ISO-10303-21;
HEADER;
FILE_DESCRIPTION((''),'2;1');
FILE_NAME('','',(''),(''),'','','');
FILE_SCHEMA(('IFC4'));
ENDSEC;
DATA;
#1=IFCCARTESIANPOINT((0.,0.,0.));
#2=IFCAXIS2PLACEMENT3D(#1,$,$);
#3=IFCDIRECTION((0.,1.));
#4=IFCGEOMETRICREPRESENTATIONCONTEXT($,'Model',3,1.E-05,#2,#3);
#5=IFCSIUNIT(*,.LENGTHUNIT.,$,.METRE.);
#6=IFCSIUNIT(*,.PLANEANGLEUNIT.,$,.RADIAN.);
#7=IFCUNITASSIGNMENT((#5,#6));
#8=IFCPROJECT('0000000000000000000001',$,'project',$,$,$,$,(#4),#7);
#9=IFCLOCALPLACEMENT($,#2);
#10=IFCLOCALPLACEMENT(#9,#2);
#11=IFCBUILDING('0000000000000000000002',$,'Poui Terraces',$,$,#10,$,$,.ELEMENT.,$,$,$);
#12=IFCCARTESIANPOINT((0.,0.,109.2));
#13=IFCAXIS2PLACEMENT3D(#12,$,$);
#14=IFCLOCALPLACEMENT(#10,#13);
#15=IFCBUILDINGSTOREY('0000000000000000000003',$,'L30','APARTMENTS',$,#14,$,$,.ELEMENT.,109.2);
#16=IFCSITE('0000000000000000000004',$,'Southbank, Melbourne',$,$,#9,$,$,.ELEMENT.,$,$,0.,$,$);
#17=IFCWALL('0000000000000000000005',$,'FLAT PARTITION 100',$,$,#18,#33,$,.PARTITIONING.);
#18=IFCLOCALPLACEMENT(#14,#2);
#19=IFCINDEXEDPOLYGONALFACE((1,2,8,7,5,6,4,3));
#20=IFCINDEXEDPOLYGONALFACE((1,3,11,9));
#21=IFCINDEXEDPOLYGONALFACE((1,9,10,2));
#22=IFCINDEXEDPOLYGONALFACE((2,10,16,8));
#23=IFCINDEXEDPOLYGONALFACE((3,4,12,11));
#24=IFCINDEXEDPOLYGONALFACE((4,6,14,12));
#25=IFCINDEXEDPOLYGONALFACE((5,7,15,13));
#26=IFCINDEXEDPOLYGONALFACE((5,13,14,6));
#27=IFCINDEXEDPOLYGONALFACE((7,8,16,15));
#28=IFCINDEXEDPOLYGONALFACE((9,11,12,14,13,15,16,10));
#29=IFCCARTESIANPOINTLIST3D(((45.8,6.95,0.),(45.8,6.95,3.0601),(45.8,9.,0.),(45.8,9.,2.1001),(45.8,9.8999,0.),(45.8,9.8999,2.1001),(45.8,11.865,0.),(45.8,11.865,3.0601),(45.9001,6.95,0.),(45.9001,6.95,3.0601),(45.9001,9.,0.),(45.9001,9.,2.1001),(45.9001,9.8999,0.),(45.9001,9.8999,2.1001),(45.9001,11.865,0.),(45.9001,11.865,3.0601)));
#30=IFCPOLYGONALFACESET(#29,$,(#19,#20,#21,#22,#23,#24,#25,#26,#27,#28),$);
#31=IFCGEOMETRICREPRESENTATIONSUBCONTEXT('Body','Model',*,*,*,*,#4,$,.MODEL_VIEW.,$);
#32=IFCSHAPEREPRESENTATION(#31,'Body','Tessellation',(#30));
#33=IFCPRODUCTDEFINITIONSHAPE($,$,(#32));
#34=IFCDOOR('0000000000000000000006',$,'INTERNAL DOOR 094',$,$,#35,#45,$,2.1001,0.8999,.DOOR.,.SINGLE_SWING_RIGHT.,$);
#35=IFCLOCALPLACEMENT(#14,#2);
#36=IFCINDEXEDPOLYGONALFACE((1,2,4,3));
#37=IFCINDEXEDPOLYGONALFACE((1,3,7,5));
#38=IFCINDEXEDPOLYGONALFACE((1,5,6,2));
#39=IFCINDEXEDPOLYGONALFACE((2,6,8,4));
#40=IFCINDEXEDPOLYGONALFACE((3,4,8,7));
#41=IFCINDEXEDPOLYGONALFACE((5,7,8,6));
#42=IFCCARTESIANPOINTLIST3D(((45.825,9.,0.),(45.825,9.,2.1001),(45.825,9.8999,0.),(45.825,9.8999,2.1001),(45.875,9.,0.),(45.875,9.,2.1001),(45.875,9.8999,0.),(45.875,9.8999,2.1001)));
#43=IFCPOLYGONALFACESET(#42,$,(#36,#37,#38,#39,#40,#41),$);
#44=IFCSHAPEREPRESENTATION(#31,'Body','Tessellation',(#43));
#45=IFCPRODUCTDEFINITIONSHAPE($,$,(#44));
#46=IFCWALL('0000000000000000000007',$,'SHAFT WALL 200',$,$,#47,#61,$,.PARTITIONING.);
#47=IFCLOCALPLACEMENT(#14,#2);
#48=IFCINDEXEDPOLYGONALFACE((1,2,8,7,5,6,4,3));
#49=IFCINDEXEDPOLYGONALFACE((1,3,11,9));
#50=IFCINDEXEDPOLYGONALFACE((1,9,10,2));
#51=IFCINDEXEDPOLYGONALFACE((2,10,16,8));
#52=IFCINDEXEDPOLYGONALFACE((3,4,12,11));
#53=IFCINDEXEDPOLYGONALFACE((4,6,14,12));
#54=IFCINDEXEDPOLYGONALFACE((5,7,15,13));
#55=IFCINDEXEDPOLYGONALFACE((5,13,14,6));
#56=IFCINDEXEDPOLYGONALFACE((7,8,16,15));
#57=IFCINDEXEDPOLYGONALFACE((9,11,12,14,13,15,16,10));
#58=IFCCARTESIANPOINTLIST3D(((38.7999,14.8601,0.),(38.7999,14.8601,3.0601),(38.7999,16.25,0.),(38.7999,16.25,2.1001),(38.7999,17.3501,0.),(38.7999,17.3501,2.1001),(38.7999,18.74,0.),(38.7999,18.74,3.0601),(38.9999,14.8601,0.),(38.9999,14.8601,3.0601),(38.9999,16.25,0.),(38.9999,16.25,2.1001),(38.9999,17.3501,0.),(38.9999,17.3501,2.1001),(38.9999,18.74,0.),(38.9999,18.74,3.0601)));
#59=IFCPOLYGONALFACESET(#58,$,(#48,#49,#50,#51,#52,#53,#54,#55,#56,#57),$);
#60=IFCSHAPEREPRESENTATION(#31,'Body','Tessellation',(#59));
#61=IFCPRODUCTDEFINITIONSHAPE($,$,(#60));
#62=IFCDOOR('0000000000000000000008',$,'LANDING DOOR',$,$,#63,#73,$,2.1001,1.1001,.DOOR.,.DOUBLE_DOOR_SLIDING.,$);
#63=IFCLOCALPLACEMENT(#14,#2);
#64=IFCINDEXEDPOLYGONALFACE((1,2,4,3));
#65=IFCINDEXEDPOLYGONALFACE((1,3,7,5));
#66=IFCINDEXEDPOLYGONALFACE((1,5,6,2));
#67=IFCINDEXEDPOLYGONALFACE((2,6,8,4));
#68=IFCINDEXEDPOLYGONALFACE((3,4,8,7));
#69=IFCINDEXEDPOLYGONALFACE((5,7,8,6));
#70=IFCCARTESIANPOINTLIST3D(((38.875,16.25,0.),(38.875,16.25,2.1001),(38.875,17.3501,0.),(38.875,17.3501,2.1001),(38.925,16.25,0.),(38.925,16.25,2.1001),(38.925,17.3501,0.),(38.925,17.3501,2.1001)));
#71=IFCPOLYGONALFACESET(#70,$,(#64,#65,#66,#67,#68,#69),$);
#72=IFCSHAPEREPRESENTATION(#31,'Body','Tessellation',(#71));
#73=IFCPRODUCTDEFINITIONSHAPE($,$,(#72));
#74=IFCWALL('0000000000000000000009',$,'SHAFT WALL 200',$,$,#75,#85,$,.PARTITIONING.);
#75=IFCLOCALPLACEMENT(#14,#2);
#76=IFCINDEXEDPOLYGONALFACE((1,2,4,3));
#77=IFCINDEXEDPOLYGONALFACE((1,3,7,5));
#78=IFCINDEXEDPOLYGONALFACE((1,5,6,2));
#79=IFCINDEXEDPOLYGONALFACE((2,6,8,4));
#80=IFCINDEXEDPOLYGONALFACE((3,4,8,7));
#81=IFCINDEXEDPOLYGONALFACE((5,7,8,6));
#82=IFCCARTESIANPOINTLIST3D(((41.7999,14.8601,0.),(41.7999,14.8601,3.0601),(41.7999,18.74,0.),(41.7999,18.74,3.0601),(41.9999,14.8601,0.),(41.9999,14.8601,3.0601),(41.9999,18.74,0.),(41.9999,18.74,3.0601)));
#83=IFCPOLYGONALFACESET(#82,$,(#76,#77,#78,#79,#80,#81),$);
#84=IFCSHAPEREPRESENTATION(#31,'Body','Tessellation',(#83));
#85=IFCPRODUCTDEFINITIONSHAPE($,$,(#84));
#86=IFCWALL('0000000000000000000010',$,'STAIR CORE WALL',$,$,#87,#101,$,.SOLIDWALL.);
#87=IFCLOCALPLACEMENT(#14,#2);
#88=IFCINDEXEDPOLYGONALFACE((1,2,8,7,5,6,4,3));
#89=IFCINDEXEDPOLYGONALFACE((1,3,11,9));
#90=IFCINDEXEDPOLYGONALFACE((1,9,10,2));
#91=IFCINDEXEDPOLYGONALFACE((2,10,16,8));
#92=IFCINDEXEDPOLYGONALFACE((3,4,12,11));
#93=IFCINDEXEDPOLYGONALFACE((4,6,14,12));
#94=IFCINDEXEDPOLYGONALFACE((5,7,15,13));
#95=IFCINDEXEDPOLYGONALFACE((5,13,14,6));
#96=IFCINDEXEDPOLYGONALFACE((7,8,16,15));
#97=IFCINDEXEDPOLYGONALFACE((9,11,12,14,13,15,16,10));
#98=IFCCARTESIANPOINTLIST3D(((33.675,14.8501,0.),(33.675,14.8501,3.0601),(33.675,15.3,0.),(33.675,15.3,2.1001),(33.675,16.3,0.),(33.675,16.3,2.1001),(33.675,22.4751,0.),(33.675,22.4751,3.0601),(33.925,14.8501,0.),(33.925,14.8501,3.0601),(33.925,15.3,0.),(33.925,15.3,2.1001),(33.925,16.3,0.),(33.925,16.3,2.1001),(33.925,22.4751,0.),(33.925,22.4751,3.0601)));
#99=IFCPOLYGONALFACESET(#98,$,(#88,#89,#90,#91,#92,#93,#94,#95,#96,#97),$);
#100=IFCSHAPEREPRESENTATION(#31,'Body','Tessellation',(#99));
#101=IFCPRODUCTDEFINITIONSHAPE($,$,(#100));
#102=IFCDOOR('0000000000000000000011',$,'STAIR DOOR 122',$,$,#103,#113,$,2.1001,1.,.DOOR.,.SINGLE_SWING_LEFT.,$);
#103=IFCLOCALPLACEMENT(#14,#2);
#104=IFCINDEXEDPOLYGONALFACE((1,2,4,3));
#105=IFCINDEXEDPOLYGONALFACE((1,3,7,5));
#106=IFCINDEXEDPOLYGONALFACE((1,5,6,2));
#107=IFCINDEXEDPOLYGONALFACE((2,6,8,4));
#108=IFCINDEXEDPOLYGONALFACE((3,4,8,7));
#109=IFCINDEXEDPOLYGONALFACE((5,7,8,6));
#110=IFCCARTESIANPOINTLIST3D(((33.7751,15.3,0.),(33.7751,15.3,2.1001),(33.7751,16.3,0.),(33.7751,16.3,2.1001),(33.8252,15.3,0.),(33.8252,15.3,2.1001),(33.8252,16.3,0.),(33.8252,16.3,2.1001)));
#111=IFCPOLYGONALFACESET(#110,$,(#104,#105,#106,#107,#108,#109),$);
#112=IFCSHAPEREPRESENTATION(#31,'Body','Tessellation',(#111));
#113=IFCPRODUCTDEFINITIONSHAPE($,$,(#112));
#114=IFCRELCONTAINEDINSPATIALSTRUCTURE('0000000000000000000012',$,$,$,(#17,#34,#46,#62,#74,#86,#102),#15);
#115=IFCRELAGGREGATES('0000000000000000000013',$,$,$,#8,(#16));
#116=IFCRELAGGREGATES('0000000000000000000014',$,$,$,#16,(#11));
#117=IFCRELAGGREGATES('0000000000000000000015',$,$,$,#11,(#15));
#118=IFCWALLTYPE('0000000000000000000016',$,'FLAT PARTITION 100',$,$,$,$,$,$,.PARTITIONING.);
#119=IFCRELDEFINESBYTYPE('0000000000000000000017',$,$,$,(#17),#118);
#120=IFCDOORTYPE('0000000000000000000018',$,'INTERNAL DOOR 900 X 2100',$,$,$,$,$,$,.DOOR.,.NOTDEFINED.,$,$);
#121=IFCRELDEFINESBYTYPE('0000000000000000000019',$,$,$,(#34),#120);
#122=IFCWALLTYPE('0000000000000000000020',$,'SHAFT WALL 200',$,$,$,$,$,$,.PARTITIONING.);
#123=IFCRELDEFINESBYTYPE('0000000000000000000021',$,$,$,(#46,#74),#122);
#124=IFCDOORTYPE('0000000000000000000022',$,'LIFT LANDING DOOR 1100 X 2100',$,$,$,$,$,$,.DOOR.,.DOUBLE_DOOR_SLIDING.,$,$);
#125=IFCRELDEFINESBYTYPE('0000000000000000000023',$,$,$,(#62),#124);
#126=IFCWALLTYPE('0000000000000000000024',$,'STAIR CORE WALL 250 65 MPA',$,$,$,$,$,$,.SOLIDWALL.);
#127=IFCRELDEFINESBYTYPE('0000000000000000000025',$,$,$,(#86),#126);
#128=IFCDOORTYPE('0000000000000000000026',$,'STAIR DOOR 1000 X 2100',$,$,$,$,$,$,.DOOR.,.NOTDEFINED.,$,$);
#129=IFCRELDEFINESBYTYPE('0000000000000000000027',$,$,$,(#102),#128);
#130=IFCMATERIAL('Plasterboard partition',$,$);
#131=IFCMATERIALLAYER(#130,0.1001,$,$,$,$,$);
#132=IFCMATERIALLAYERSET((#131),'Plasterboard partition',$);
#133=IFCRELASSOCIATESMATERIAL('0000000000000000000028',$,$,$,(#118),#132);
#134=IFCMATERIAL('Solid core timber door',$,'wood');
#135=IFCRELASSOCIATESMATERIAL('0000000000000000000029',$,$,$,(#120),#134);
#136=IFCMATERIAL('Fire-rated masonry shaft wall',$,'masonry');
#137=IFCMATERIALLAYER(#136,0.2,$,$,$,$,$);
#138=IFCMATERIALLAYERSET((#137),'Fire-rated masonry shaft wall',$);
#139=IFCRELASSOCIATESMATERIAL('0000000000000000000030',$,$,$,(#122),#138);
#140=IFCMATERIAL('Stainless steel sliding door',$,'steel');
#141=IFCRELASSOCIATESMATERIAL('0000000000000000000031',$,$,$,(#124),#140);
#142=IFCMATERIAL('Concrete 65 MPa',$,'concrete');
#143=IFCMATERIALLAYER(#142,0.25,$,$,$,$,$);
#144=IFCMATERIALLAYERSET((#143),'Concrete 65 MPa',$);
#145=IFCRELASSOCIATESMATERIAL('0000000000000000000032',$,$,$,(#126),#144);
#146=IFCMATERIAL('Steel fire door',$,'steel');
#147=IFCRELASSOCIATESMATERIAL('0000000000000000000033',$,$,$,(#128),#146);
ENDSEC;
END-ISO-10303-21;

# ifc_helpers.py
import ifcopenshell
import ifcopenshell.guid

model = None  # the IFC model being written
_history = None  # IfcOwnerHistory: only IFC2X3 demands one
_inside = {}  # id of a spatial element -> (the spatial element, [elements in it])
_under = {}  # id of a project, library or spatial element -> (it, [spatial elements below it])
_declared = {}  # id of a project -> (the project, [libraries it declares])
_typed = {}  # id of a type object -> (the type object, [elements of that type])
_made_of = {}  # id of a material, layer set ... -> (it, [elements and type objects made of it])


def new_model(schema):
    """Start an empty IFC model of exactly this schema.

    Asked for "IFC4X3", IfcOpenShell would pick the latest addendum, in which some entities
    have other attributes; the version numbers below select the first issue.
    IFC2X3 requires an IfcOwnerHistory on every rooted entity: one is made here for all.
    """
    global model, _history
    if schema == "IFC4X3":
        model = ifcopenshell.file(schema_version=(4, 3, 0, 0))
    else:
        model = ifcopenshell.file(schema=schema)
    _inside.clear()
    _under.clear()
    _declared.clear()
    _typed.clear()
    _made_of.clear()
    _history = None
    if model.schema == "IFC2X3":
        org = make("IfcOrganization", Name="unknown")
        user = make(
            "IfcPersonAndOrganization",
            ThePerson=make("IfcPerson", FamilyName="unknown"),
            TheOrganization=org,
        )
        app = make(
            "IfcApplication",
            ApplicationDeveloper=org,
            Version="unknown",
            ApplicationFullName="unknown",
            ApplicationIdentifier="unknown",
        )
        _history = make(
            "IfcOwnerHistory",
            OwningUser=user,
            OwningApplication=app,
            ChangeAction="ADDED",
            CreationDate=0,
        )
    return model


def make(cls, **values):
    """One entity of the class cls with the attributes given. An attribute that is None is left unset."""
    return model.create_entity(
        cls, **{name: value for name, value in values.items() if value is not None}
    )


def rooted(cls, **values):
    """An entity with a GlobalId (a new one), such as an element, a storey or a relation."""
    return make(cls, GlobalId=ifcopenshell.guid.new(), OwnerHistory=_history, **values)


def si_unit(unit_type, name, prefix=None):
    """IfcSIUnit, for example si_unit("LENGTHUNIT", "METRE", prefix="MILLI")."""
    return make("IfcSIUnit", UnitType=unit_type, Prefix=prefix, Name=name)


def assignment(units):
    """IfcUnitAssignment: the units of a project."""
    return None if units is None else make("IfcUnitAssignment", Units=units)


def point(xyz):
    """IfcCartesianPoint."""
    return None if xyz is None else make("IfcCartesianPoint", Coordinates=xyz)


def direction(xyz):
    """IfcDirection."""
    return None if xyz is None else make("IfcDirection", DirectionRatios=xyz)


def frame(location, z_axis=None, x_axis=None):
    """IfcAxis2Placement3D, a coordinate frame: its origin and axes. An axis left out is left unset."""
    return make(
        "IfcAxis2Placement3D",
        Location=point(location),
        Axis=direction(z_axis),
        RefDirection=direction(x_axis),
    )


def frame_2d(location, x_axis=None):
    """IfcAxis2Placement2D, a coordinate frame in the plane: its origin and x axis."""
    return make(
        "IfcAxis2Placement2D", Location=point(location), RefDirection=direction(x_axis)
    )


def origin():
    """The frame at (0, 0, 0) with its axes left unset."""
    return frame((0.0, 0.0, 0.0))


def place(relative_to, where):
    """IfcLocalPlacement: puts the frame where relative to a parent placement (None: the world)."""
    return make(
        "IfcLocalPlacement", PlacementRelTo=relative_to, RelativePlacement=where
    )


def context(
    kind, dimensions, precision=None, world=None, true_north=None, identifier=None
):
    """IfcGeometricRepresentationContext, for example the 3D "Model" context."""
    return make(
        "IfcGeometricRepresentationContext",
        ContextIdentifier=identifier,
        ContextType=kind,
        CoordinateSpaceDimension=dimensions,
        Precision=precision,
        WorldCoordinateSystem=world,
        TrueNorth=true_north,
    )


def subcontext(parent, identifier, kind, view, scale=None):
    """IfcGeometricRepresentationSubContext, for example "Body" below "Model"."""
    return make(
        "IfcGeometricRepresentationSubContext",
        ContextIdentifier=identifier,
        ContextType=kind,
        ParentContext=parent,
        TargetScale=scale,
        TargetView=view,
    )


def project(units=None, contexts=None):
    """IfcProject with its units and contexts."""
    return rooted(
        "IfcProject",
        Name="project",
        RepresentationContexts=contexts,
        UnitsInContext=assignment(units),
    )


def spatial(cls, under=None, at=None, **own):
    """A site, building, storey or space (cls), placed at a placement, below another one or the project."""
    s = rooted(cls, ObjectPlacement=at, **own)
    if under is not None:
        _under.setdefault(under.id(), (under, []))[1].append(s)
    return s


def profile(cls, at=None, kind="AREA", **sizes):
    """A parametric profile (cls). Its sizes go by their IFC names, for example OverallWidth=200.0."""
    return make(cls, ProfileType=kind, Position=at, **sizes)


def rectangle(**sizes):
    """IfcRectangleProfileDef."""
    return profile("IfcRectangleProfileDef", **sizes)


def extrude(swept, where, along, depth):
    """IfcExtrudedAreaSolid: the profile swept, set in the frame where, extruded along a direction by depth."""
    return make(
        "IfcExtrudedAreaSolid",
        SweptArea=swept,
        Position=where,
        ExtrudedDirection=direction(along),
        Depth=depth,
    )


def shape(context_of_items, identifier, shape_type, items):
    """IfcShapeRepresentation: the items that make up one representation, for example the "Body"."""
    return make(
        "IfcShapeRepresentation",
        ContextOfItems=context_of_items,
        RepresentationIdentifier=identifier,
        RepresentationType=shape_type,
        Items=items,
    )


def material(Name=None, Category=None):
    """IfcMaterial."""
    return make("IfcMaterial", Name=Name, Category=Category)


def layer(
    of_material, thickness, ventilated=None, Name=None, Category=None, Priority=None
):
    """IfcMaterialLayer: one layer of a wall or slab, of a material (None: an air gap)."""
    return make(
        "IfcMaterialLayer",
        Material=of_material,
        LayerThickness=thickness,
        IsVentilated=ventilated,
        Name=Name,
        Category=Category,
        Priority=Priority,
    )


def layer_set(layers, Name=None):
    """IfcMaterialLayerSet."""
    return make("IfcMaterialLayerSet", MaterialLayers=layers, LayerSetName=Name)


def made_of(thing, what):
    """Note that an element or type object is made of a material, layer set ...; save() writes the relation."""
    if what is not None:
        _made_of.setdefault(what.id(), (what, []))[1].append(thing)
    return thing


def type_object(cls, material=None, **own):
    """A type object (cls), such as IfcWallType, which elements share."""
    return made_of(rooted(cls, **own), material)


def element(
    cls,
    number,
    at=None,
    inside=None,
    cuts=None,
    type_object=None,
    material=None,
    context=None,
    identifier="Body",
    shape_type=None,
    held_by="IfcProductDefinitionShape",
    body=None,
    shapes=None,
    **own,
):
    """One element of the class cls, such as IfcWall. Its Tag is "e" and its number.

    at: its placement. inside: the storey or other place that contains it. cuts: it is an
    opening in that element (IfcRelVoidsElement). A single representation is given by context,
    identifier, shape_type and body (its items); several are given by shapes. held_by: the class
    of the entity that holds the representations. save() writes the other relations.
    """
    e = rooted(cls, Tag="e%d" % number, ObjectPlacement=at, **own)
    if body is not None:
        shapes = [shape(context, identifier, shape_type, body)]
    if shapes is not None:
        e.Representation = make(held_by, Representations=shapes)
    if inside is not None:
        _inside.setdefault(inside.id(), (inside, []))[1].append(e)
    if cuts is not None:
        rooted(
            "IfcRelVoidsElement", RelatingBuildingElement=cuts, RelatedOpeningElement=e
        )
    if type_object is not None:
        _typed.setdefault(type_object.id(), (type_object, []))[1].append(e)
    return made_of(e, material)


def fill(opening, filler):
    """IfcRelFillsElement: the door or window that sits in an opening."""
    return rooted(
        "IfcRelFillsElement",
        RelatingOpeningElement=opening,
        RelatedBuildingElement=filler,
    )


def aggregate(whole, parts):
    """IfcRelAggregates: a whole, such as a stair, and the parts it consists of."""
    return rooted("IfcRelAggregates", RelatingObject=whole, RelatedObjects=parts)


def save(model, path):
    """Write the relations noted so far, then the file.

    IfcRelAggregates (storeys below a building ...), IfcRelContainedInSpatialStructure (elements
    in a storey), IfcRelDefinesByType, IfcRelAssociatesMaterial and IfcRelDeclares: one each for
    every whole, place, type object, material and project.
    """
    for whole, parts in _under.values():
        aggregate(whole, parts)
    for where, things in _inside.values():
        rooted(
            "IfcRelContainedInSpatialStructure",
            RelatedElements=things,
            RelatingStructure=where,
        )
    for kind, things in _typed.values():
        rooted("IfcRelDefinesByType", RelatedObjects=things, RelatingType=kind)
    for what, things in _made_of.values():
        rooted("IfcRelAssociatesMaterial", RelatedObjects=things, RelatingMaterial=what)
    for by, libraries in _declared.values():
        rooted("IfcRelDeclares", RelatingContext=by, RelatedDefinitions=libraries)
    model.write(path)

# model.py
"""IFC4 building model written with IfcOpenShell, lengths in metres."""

from ifc_helpers import new_model, si_unit, direction, frame, frame_2d, origin, place, context, subcontext, project, spatial, rectangle, extrude, material, layer, layer_set, type_object, element, fill, save


model = new_model("IFC4")

# Units and contexts
model_context = context("Model", 3, precision=1e-05, world=origin(), true_north=direction((0.0, 1.0)))
body_context = subcontext(model_context, "Body", "Model", "MODEL_VIEW")
ifc_project = project(units=[si_unit("LENGTHUNIT", "METRE"), si_unit("PLANEANGLEUNIT", "RADIAN")], contexts=[model_context])

# Site, building, storey
site_placement = place(None, origin())
site = spatial("IfcSite", under=ifc_project, at=site_placement, Name="Southbank, Melbourne", CompositionType="ELEMENT", RefElevation=0.0)
building_placement = place(site_placement, origin())
building = spatial("IfcBuilding", under=site, at=building_placement, Name="Poui Terraces", CompositionType="ELEMENT")
storey_placement = place(building_placement, frame((0.0, 0.0, 109.2)))
storey = spatial("IfcBuildingStorey", under=building, at=storey_placement, Name="L30", Description="APARTMENTS", CompositionType="ELEMENT", Elevation=109.2)

# Shared definitions
ifc_material_1 = material(Name="Concrete 65 MPa", Category="concrete")

# Shared definitions
ifc_material_2 = material(Name="Steel fire door", Category="steel")
ifc_material_3 = material(Name="Plasterboard partition")
ifc_layer_1 = layer(ifc_material_3, 0.1001)
ifc_layer_set_1 = layer_set([ifc_layer_1], Name="Plasterboard partition")
wall_type_1 = type_object("IfcWallType", Name="FLAT PARTITION 100", PredefinedType="PARTITIONING", material=ifc_layer_set_1)
ifc_material_4 = material(Name="Solid core timber door", Category="wood")

# Walls, openings, doors
wall_1_placement = place(storey_placement, frame((45.8501, 6.95, 0.0), z_axis=(0.0, 0.0, 1.0), x_axis=(0.0, 1.0, 0.0)))
wall_1 = element("IfcWall", 1, at=wall_1_placement, inside=storey, type_object=wall_type_1, Name="FLAT PARTITION 100", PredefinedType="PARTITIONING", context=body_context, shape_type="SweptSolid", body=[
    extrude(rectangle(XDim=4.915, YDim=0.1001, at=frame_2d((2.4575, 0.0))), origin(), (0.0, 0.0, 1.0), 3.0601),
])
opening_1_placement = place(wall_1_placement, frame((2.05, 0.0, 0.0)))
opening_1 = element("IfcOpeningElement", 2, at=opening_1_placement, cuts=wall_1, PredefinedType="OPENING", context=body_context, shape_type="SweptSolid", body=[
    extrude(rectangle(XDim=0.8999, YDim=2.1001, at=frame_2d((0.45, 1.05))), frame((0.0, 0.0601, 0.0), z_axis=(0.0, -1.0, 0.0), x_axis=(1.0, 0.0, 0.0)), (0.0, 0.0, 1.0), 0.1201),
])
door_type_1 = type_object("IfcDoorType", Name="INTERNAL DOOR 900 X 2100", OperationType="NOTDEFINED", PredefinedType="DOOR", material=ifc_material_4)
door_1_placement = place(opening_1_placement, frame((0.8999, 0.0, 0.0), z_axis=(0.0, 0.0, 1.0), x_axis=(-1.0, 0.0, 0.0)))
door_1 = element("IfcDoor", 3, at=door_1_placement, inside=storey, type_object=door_type_1, Name="INTERNAL DOOR 094", OperationType="SINGLE_SWING_RIGHT", OverallHeight=2.1001, OverallWidth=0.8999, PredefinedType="DOOR", context=body_context, shape_type="SweptSolid", body=[
    extrude(rectangle(XDim=0.8999, YDim=2.1001, at=frame_2d((0.45, 1.05))), frame((0.0, 0.0249, 0.0), z_axis=(0.0, -1.0, 0.0), x_axis=(1.0, 0.0, 0.0)), (0.0, 0.0, 1.0), 0.05),
])
fill(opening_1, door_1)
ifc_material_5 = material(Name="Fire-rated masonry shaft wall", Category="masonry")
ifc_layer_2 = layer(ifc_material_5, 0.2)
ifc_layer_set_2 = layer_set([ifc_layer_2], Name="Fire-rated masonry shaft wall")
wall_type_2 = type_object("IfcWallType", Name="SHAFT WALL 200", PredefinedType="PARTITIONING", material=ifc_layer_set_2)
wall_2_placement = place(storey_placement, frame((38.8999, 14.8601, 0.0), z_axis=(0.0, 0.0, 1.0), x_axis=(0.0, 1.0, 0.0)))
wall_2 = element("IfcWall", 4, at=wall_2_placement, inside=storey, type_object=wall_type_2, Name="SHAFT WALL 200", PredefinedType="PARTITIONING", context=body_context, shape_type="SweptSolid", body=[
    extrude(rectangle(XDim=3.8799, YDim=0.2, at=frame_2d((1.9399, 0.0))), origin(), (0.0, 0.0, 1.0), 3.0601),
])
opening_2_placement = place(wall_2_placement, frame((1.3899, 0.0, 0.0)))
opening_2 = element("IfcOpeningElement", 5, at=opening_2_placement, cuts=wall_2, PredefinedType="OPENING", context=body_context, shape_type="SweptSolid", body=[
    extrude(rectangle(XDim=1.1001, YDim=2.1001, at=frame_2d((0.55, 1.05))), frame((0.0, 0.1099, 0.0), z_axis=(0.0, -1.0, 0.0), x_axis=(1.0, 0.0, 0.0)), (0.0, 0.0, 1.0), 0.22),
])
ifc_material_6 = material(Name="Stainless steel sliding door", Category="steel")
door_type_2 = type_object("IfcDoorType", Name="LIFT LANDING DOOR 1100 X 2100", OperationType="DOUBLE_DOOR_SLIDING", PredefinedType="DOOR", material=ifc_material_6)
door_2_placement = place(opening_2_placement, origin())
door_2 = element("IfcDoor", 6, at=door_2_placement, inside=storey, type_object=door_type_2, Name="LANDING DOOR", OperationType="DOUBLE_DOOR_SLIDING", OverallHeight=2.1001, OverallWidth=1.1001, PredefinedType="DOOR", context=body_context, shape_type="SweptSolid", body=[
    extrude(rectangle(XDim=1.1001, YDim=2.1001, at=frame_2d((0.55, 1.05))), frame((0.0, 0.0249, 0.0), z_axis=(0.0, -1.0, 0.0), x_axis=(1.0, 0.0, 0.0)), (0.0, 0.0, 1.0), 0.05),
])
fill(opening_2, door_2)

# Wall
wall_3_placement = place(storey_placement, frame((41.8999, 14.8601, 0.0), z_axis=(0.0, 0.0, 1.0), x_axis=(0.0, 1.0, 0.0)))
element("IfcWall", 7, at=wall_3_placement, inside=storey, type_object=wall_type_2, Name="SHAFT WALL 200", PredefinedType="PARTITIONING", context=body_context, shape_type="SweptSolid", body=[
    extrude(rectangle(XDim=3.8799, YDim=0.2, at=frame_2d((1.9399, 0.0))), origin(), (0.0, 0.0, 1.0), 3.0601),
])

# Wall, opening, door
ifc_layer_3 = layer(ifc_material_1, 0.25)
ifc_layer_set_3 = layer_set([ifc_layer_3], Name="Concrete 65 MPa")
wall_type_3 = type_object("IfcWallType", Name="STAIR CORE WALL 250 65 MPA", PredefinedType="SOLIDWALL", material=ifc_layer_set_3)
wall_4_placement = place(storey_placement, frame((33.8, 14.8501, 0.0), z_axis=(0.0, 0.0, 1.0), x_axis=(0.0, 1.0, 0.0)))
wall_4 = element("IfcWall", 8, at=wall_4_placement, inside=storey, type_object=wall_type_3, Name="STAIR CORE WALL", PredefinedType="SOLIDWALL", context=body_context, shape_type="SweptSolid", body=[
    extrude(rectangle(XDim=7.625, YDim=0.25, at=frame_2d((3.8125, 0.0))), origin(), (0.0, 0.0, 1.0), 3.0601),
])
opening_3_placement = place(wall_4_placement, frame((0.45, 0.0, 0.0)))
opening_3 = element("IfcOpeningElement", 9, at=opening_3_placement, cuts=wall_4, PredefinedType="OPENING", context=body_context, shape_type="SweptSolid", body=[
    extrude(rectangle(XDim=1.0, YDim=2.1001, at=frame_2d((0.5, 1.05))), frame((0.0, 0.135, 0.0), z_axis=(0.0, -1.0, 0.0), x_axis=(1.0, 0.0, 0.0)), (0.0, 0.0, 1.0), 0.27),
])
door_type_3 = type_object("IfcDoorType", Name="STAIR DOOR 1000 X 2100", OperationType="NOTDEFINED", PredefinedType="DOOR", material=ifc_material_2)
door_3_placement = place(opening_3_placement, origin())
door_3 = element("IfcDoor", 10, at=door_3_placement, inside=storey, type_object=door_type_3, Name="STAIR DOOR 122", OperationType="SINGLE_SWING_LEFT", OverallHeight=2.1001, OverallWidth=1.0, PredefinedType="DOOR", context=body_context, shape_type="SweptSolid", body=[
    extrude(rectangle(XDim=1.0, YDim=2.1001, at=frame_2d((0.5, 1.05))), frame((0.0, 0.0249, 0.0), z_axis=(0.0, -1.0, 0.0), x_axis=(1.0, 0.0, 0.0)), (0.0, 0.0, 1.0), 0.05),
])
fill(opening_3, door_3)

save(model, "model.ifc")
